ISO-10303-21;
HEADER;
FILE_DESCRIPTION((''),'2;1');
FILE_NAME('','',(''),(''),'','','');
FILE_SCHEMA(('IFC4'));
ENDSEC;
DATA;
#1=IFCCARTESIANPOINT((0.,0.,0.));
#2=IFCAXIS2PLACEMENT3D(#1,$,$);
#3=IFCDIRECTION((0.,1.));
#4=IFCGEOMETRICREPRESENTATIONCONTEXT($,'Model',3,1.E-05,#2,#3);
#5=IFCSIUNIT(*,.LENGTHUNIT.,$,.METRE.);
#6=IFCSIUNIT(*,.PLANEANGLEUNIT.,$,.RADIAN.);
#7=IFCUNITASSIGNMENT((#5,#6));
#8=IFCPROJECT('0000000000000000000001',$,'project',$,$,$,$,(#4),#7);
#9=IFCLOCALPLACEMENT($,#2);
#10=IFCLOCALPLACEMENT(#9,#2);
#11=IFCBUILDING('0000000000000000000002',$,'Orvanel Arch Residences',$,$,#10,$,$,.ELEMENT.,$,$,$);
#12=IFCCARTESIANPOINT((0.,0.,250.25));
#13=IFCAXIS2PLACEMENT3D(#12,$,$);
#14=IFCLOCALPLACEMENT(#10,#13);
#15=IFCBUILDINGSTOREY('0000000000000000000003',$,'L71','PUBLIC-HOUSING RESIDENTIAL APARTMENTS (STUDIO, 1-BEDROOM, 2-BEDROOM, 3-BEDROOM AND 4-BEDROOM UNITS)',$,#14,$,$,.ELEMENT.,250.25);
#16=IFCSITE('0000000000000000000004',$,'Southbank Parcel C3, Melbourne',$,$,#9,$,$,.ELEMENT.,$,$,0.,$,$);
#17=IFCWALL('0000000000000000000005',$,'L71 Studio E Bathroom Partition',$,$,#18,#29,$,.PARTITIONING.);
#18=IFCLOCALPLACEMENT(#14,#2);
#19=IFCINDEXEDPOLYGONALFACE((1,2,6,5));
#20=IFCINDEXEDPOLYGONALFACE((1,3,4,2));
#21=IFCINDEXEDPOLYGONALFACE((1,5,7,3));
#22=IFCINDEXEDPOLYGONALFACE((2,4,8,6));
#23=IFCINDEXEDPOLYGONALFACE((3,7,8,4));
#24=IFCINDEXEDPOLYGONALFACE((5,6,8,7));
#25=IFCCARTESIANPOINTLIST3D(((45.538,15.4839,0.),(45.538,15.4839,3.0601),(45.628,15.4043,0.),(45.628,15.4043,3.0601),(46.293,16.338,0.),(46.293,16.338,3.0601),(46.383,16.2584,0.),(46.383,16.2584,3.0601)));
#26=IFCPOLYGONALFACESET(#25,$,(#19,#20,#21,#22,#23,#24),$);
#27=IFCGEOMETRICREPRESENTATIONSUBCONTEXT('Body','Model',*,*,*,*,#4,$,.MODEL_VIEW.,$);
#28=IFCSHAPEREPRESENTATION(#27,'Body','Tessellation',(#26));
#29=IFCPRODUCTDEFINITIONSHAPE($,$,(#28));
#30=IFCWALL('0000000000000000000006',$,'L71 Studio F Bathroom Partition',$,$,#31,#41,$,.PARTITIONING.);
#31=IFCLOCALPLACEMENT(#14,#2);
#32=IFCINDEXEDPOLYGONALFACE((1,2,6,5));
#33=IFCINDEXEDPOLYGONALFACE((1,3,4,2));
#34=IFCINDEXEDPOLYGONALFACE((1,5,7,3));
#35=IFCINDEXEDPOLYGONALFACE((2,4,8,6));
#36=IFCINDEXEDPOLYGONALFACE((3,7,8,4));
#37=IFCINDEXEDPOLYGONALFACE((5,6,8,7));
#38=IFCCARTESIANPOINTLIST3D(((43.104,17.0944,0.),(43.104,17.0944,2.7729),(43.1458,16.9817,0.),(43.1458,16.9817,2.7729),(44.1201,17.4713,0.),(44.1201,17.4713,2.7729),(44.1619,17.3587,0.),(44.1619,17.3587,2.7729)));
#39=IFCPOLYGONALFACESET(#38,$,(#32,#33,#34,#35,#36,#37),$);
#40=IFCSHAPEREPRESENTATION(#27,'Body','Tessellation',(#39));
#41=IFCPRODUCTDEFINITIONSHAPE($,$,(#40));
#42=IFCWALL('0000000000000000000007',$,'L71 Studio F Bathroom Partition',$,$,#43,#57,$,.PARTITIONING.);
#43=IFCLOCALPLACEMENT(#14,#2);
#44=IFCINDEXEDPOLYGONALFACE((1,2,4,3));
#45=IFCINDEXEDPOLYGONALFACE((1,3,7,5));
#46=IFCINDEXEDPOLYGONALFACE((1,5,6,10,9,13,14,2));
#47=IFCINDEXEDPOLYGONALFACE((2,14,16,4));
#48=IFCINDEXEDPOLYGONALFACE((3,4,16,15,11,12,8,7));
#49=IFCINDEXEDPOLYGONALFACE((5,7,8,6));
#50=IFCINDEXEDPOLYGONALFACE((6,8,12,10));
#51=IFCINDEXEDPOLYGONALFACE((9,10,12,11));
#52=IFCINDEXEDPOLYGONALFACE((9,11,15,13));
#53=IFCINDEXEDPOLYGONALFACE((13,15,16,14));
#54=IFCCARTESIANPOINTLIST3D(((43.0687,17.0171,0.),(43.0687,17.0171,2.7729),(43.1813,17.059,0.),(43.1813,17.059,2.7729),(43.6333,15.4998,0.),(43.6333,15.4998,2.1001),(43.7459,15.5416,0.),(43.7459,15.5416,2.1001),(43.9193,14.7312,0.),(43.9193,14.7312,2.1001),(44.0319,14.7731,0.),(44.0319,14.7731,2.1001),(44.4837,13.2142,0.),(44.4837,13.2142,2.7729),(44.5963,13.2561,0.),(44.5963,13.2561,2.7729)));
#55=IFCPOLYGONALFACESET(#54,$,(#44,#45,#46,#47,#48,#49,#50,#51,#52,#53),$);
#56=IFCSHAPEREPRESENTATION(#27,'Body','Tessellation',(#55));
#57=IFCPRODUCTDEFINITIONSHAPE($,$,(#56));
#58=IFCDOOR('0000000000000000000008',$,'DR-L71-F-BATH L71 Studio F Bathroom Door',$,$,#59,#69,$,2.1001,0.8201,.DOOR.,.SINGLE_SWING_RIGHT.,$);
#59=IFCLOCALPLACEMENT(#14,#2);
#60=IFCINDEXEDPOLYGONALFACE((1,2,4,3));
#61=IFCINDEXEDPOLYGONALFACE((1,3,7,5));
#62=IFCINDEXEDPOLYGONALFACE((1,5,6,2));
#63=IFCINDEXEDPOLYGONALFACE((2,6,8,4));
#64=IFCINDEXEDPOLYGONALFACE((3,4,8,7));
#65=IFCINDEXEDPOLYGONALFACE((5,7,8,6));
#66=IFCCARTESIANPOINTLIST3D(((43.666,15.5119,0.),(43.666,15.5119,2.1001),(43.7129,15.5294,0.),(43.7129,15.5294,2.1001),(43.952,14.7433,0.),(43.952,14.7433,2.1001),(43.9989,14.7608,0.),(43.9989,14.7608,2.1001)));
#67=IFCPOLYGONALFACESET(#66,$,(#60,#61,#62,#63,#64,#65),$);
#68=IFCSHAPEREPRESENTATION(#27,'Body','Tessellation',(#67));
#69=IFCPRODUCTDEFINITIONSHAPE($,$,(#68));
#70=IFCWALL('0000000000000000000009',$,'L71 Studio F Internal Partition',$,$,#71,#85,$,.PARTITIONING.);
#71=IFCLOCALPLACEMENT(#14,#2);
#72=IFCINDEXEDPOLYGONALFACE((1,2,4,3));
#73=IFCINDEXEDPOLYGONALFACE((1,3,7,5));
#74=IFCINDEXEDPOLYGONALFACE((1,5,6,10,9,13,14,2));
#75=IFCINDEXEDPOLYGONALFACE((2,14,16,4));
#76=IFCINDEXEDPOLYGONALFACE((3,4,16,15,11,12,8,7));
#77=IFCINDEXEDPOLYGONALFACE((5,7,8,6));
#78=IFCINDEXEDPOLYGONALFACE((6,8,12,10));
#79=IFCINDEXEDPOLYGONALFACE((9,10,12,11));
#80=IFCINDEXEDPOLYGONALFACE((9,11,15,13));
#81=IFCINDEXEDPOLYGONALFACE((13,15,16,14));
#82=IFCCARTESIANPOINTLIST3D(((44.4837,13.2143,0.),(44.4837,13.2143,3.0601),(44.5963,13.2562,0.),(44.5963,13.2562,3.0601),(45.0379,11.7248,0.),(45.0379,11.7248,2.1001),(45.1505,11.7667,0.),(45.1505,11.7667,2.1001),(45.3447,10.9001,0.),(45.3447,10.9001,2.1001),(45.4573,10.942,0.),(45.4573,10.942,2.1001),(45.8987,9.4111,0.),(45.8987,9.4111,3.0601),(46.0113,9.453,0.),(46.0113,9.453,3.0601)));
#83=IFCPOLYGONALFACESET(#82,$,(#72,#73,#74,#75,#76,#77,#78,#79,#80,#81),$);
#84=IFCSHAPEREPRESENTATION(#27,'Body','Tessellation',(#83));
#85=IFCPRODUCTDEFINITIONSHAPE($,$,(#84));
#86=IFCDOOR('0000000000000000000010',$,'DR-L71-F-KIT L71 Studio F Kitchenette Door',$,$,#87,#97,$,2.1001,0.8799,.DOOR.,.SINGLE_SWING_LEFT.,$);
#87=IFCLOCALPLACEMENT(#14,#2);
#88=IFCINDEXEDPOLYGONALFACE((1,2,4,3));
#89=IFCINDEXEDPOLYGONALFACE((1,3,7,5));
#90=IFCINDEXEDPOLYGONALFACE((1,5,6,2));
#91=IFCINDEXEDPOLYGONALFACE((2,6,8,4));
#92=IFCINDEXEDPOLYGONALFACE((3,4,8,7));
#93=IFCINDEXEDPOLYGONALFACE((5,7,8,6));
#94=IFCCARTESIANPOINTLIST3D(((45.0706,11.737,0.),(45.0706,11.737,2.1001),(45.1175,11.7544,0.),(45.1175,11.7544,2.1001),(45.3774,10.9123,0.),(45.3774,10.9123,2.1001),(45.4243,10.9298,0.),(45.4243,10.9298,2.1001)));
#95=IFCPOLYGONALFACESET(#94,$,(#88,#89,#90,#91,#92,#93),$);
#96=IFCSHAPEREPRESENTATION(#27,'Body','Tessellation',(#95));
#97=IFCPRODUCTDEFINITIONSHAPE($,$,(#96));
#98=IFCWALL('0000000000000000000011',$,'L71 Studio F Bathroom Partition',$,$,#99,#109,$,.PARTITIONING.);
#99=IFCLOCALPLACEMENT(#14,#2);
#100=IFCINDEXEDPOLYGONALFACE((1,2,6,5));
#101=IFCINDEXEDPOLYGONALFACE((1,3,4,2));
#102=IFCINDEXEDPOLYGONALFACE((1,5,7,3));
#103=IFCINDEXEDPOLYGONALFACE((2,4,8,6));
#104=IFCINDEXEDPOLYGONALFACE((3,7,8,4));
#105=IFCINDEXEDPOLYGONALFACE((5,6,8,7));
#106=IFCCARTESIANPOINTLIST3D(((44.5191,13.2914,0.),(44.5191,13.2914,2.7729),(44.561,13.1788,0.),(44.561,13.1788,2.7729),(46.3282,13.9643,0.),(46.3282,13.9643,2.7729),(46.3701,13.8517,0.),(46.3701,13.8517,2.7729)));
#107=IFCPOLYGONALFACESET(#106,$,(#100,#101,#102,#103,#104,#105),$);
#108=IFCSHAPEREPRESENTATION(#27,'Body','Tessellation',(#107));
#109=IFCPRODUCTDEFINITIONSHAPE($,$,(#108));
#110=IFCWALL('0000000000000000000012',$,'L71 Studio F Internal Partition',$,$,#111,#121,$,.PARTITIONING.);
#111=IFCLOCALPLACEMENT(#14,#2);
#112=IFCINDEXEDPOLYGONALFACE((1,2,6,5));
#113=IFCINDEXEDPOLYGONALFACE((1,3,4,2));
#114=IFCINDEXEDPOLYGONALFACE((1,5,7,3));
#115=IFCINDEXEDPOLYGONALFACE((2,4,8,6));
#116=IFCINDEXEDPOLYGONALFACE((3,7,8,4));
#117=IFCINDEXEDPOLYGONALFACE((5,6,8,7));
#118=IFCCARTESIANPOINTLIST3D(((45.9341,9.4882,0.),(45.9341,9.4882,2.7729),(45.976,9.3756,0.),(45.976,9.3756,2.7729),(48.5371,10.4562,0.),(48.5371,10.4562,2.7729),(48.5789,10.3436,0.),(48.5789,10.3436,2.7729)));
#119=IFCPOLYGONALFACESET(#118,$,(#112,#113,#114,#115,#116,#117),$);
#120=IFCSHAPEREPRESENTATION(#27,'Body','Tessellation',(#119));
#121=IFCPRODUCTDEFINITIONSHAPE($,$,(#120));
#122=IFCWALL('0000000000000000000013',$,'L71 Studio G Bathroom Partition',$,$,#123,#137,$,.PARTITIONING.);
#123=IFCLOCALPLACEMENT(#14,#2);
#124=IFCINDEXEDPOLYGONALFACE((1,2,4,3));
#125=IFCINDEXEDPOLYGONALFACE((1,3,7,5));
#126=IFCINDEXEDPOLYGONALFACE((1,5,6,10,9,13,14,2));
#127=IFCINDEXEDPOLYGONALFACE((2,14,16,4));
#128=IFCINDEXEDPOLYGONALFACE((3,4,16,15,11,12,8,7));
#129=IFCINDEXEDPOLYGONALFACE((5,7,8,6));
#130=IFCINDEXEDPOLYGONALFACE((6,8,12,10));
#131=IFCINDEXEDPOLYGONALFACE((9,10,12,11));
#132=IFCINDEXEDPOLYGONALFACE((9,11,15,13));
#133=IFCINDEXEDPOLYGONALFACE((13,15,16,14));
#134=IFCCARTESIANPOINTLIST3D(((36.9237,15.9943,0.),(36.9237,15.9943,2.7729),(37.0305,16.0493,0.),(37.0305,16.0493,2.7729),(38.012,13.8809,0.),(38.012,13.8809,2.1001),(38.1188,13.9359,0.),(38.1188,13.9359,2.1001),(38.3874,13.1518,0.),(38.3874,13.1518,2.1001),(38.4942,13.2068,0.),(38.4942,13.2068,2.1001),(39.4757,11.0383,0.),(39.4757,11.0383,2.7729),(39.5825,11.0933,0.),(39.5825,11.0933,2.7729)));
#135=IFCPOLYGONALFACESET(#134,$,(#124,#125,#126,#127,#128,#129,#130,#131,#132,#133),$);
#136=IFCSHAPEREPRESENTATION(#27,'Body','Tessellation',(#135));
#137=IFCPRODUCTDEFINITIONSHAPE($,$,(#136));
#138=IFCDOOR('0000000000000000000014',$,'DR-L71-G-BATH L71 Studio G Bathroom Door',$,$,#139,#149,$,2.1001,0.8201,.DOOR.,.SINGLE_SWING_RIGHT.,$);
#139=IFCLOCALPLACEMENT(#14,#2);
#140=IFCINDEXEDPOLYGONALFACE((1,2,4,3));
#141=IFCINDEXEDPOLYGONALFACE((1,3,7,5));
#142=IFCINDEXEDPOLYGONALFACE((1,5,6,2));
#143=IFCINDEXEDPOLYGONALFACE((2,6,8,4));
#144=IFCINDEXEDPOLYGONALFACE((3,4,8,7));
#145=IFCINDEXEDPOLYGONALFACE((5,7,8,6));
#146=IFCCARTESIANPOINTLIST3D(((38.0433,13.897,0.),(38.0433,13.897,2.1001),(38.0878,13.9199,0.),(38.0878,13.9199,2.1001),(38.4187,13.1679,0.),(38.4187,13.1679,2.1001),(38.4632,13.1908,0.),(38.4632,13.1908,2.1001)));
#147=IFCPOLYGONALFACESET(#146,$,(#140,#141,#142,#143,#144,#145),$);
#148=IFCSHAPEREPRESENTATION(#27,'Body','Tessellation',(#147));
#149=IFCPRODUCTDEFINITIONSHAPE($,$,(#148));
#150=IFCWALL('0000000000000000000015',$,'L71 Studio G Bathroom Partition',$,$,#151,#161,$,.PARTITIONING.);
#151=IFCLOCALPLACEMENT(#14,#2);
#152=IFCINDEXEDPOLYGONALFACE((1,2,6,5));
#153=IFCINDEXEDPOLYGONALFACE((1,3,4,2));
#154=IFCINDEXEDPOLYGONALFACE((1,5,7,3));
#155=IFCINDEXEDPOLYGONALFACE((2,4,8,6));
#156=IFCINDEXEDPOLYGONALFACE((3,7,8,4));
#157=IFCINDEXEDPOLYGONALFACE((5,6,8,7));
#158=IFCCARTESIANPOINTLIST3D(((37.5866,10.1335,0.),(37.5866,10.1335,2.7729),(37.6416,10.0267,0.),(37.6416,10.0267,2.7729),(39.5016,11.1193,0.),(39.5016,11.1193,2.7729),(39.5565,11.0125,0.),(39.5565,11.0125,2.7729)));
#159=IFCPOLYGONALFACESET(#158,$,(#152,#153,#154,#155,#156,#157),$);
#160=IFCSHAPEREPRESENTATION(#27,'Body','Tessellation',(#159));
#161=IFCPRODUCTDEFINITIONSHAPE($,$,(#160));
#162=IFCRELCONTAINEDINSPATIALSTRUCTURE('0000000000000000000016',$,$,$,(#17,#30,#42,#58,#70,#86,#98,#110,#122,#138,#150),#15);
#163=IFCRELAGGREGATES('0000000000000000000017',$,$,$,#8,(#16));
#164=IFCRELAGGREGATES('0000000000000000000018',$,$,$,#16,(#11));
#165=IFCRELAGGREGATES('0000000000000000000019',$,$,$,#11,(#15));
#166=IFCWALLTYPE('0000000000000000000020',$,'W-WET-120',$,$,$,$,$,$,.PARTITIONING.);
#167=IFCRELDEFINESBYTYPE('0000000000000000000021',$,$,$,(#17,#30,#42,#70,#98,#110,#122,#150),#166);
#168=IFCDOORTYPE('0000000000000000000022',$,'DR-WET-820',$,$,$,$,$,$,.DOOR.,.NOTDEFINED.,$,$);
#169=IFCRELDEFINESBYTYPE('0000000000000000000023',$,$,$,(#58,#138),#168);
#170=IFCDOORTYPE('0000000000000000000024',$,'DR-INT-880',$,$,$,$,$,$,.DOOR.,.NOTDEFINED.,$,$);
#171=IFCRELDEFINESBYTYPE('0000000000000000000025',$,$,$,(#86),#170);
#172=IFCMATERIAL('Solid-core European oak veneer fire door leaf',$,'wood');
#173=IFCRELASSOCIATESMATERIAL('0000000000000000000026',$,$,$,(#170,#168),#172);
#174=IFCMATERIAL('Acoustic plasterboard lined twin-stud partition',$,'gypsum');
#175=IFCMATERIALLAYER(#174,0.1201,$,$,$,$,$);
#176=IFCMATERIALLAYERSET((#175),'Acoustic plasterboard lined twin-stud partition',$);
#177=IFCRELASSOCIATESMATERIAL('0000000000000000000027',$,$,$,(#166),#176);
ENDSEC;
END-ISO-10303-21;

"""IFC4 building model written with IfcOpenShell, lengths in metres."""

from ifc_helpers import new_model, si_unit, direction, frame, frame_2d, origin, place, context, subcontext, project, spatial, rectangle, extrude, material, layer, layer_set, type_object, element, fill, save


model = new_model("IFC4")

# Units and contexts
model_context = context("Model", 3, precision=1e-05, world=origin(), true_north=direction((0.0, 1.0)))
body_context = subcontext(model_context, "Body", "Model", "MODEL_VIEW")
ifc_project = project(units=[si_unit("LENGTHUNIT", "METRE"), si_unit("PLANEANGLEUNIT", "RADIAN")], contexts=[model_context])

# Site, building, storey
site_placement = place(None, origin())
site = spatial("IfcSite", under=ifc_project, at=site_placement, Name="Southbank Parcel C3, Melbourne", CompositionType="ELEMENT", RefElevation=0.0)
building_placement = place(site_placement, origin())
building = spatial("IfcBuilding", under=site, at=building_placement, Name="Orvanel Arch Residences", CompositionType="ELEMENT")
storey_placement = place(building_placement, frame((0.0, 0.0, 250.25)))
storey = spatial("IfcBuildingStorey", under=building, at=storey_placement, Name="L71", Description="PUBLIC-HOUSING RESIDENTIAL APARTMENTS (STUDIO, 1-BEDROOM, 2-BEDROOM, 3-BEDROOM AND 4-BEDROOM UNITS)", CompositionType="ELEMENT", Elevation=250.25)

# Shared definitions
ifc_material_1 = material(Name="Acoustic plasterboard lined twin-stud partition", Category="gypsum")
ifc_material_2 = material(Name="Solid-core European oak veneer fire door leaf", Category="wood")
door_type_1 = type_object("IfcDoorType", Name="DR-INT-880", OperationType="NOTDEFINED", PredefinedType="DOOR", material=ifc_material_2)
ifc_layer_1 = layer(ifc_material_1, 0.1201)
ifc_layer_set_1 = layer_set([ifc_layer_1], Name="Acoustic plasterboard lined twin-stud partition")
wall_type_1 = type_object("IfcWallType", Name="W-WET-120", PredefinedType="PARTITIONING", material=ifc_layer_set_1)
door_type_2 = type_object("IfcDoorType", Name="DR-WET-820", OperationType="NOTDEFINED", PredefinedType="DOOR", material=ifc_material_2)

# Walls
wall_1_placement = place(storey_placement, frame((46.3379, 16.2981, 0.0), z_axis=(0.0, 0.0, 1.0), x_axis=(-0.662287, -0.74925, 0.0)))
element("IfcWall", 1, at=wall_1_placement, inside=storey, type_object=wall_type_1, Name="L71 Studio E Bathroom Partition", PredefinedType="PARTITIONING", context=body_context, shape_type="SweptSolid", body=[
    extrude(rectangle(XDim=1.1399, YDim=0.1201, at=frame_2d((0.5698, 0.0))), origin(), (0.0, 0.0, 1.0), 3.0601),
])
wall_2_placement = place(storey_placement, frame((44.1411, 17.415, 0.0), z_axis=(0.0, 0.0, 1.0), x_axis=(-0.937564, -0.347813, 0.0)))
element("IfcWall", 2, at=wall_2_placement, inside=storey, type_object=wall_type_1, Name="L71 Studio F Bathroom Partition", PredefinedType="PARTITIONING", context=body_context, shape_type="SweptSolid", body=[
    extrude(rectangle(XDim=1.0837, YDim=0.1201, at=frame_2d((0.542, 0.0))), origin(), (0.0, 0.0, 1.0), 2.7729),
])

# Walls, openings, doors
wall_3_placement = place(storey_placement, frame((43.125, 17.0381, 0.0), z_axis=(0.0, 0.0, 1.0), x_axis=(0.348729, -0.937224, 0.0)))
wall_3 = element("IfcWall", 3, at=wall_3_placement, inside=storey, type_object=wall_type_1, Name="L71 Studio F Bathroom Partition", PredefinedType="PARTITIONING", context=body_context, shape_type="SweptSolid", body=[
    extrude(rectangle(XDim=4.0576, YDim=0.1201, at=frame_2d((2.0288, 0.0))), origin(), (0.0, 0.0, 1.0), 2.7729),
])
opening_1_placement = place(wall_3_placement, frame((1.6189, 0.0, 0.0)))
opening_1 = element("IfcOpeningElement", 4, at=opening_1_placement, cuts=wall_3, PredefinedType="OPENING", context=body_context, shape_type="SweptSolid", body=[
    extrude(rectangle(XDim=0.8201, YDim=2.1001, at=frame_2d((0.4102, 1.05))), frame((0.0, 0.0701, 0.0), z_axis=(0.0, -1.0, 0.0), x_axis=(1.0, 0.0, 0.0)), (0.0, 0.0, 1.0), 0.1401),
])
door_1_placement = place(opening_1_placement, origin())
door_1 = element("IfcDoor", 5, at=door_1_placement, inside=storey, type_object=door_type_2, Name="DR-L71-F-BATH L71 Studio F Bathroom Door", OperationType="SINGLE_SWING_RIGHT", OverallHeight=2.1001, OverallWidth=0.8201, PredefinedType="DOOR", context=body_context, shape_type="SweptSolid", body=[
    extrude(rectangle(XDim=0.8201, YDim=2.1001, at=frame_2d((0.4102, 1.05))), frame((0.0, 0.0249, 0.0), z_axis=(0.0, -1.0, 0.0), x_axis=(1.0, 0.0, 0.0)), (0.0, 0.0, 1.0), 0.05),
])
fill(opening_1, door_1)
wall_4_placement = place(storey_placement, frame((44.54, 13.2351, 0.0), z_axis=(0.0, 0.0, 1.0), x_axis=(0.348709, -0.937231, 0.0)))
wall_4 = element("IfcWall", 6, at=wall_4_placement, inside=storey, type_object=wall_type_1, Name="L71 Studio F Internal Partition", PredefinedType="PARTITIONING", context=body_context, shape_type="SweptSolid", body=[
    extrude(rectangle(XDim=4.0579, YDim=0.1201, at=frame_2d((2.0288, 0.0))), origin(), (0.0, 0.0, 1.0), 3.0601),
])
opening_2_placement = place(wall_4_placement, frame((1.5891, 0.0, 0.0)))
opening_2 = element("IfcOpeningElement", 7, at=opening_2_placement, cuts=wall_4, PredefinedType="OPENING", context=body_context, shape_type="SweptSolid", body=[
    extrude(rectangle(XDim=0.8799, YDim=2.1001, at=frame_2d((0.4399, 1.05))), frame((0.0, 0.0701, 0.0), z_axis=(0.0, -1.0, 0.0), x_axis=(1.0, 0.0, 0.0)), (0.0, 0.0, 1.0), 0.1401),
])
door_2_placement = place(opening_2_placement, origin())
door_2 = element("IfcDoor", 8, at=door_2_placement, inside=storey, type_object=door_type_1, Name="DR-L71-F-KIT L71 Studio F Kitchenette Door", OperationType="SINGLE_SWING_LEFT", OverallHeight=2.1001, OverallWidth=0.8799, PredefinedType="DOOR", context=body_context, shape_type="SweptSolid", body=[
    extrude(rectangle(XDim=0.8799, YDim=2.1001, at=frame_2d((0.4399, 1.05))), frame((0.0, 0.0249, 0.0), z_axis=(0.0, -1.0, 0.0), x_axis=(1.0, 0.0, 0.0)), (0.0, 0.0, 1.0), 0.05),
])
fill(opening_2, door_2)

# Walls
wall_5_placement = place(storey_placement, frame((46.3491, 13.908, 0.0), z_axis=(0.0, 0.0, 1.0), x_axis=(-0.937272, -0.348599, 0.0)))
element("IfcWall", 9, at=wall_5_placement, inside=storey, type_object=wall_type_1, Name="L71 Studio F Bathroom Partition", PredefinedType="PARTITIONING", context=body_context, shape_type="SweptSolid", body=[
    extrude(rectangle(XDim=1.9302, YDim=0.1201, at=frame_2d((0.9651, 0.0))), origin(), (0.0, 0.0, 1.0), 2.7729),
])
wall_6_placement = place(storey_placement, frame((48.5581, 10.3999, 0.0), z_axis=(0.0, 0.0, 1.0), x_axis=(-0.937287, -0.34856, 0.0)))
element("IfcWall", 10, at=wall_6_placement, inside=storey, type_object=wall_type_1, Name="L71 Studio F Internal Partition", PredefinedType="PARTITIONING", context=body_context, shape_type="SweptSolid", body=[
    extrude(rectangle(XDim=2.7771, YDim=0.1201, at=frame_2d((1.3887, 0.0))), origin(), (0.0, 0.0, 1.0), 2.7729),
])

# Wall, opening, door
wall_7_placement = place(storey_placement, frame((39.5291, 11.0659, 0.0), z_axis=(0.0, 0.0, 1.0), x_axis=(-0.457798, 0.889056, 0.0)))
wall_7 = element("IfcWall", 11, at=wall_7_placement, inside=storey, type_object=wall_type_1, Name="L71 Studio G Bathroom Partition", PredefinedType="PARTITIONING", context=body_context, shape_type="SweptSolid", body=[
    extrude(rectangle(XDim=5.5745, YDim=0.1201, at=frame_2d((2.7871, 0.0))), origin(), (0.0, 0.0, 1.0), 2.7729),
])
opening_3_placement = place(wall_7_placement, frame((2.377, 0.0, 0.0)))
opening_3 = element("IfcOpeningElement", 12, at=opening_3_placement, cuts=wall_7, PredefinedType="OPENING", context=body_context, shape_type="SweptSolid", body=[
    extrude(rectangle(XDim=0.8201, YDim=2.1001, at=frame_2d((0.4102, 1.05))), frame((0.0, 0.0701, 0.0), z_axis=(0.0, -1.0, 0.0), x_axis=(1.0, 0.0, 0.0)), (0.0, 0.0, 1.0), 0.1401),
])
door_3_placement = place(opening_3_placement, origin())
door_3 = element("IfcDoor", 13, at=door_3_placement, inside=storey, type_object=door_type_2, Name="DR-L71-G-BATH L71 Studio G Bathroom Door", OperationType="SINGLE_SWING_RIGHT", OverallHeight=2.1001, OverallWidth=0.8201, PredefinedType="DOOR", context=body_context, shape_type="SweptSolid", body=[
    extrude(rectangle(XDim=0.8201, YDim=2.1001, at=frame_2d((0.4102, 1.05))), frame((0.0, 0.0249, 0.0), z_axis=(0.0, -1.0, 0.0), x_axis=(1.0, 0.0, 0.0)), (0.0, 0.0, 1.0), 0.05),
])
fill(opening_3, door_3)

# Wall
wall_8_placement = place(storey_placement, frame((39.5291, 11.0659, 0.0), z_axis=(0.0, 0.0, 1.0), x_axis=(-0.889106, -0.457701, 0.0)))
element("IfcWall", 14, at=wall_8_placement, inside=storey, type_object=wall_type_1, Name="L71 Studio G Bathroom Partition", PredefinedType="PARTITIONING", context=body_context, shape_type="SweptSolid", body=[
    extrude(rectangle(XDim=2.1538, YDim=0.1201, at=frame_2d((1.0769, 0.0))), origin(), (0.0, 0.0, 1.0), 2.7729),
])

save(model, "model.ifc")
